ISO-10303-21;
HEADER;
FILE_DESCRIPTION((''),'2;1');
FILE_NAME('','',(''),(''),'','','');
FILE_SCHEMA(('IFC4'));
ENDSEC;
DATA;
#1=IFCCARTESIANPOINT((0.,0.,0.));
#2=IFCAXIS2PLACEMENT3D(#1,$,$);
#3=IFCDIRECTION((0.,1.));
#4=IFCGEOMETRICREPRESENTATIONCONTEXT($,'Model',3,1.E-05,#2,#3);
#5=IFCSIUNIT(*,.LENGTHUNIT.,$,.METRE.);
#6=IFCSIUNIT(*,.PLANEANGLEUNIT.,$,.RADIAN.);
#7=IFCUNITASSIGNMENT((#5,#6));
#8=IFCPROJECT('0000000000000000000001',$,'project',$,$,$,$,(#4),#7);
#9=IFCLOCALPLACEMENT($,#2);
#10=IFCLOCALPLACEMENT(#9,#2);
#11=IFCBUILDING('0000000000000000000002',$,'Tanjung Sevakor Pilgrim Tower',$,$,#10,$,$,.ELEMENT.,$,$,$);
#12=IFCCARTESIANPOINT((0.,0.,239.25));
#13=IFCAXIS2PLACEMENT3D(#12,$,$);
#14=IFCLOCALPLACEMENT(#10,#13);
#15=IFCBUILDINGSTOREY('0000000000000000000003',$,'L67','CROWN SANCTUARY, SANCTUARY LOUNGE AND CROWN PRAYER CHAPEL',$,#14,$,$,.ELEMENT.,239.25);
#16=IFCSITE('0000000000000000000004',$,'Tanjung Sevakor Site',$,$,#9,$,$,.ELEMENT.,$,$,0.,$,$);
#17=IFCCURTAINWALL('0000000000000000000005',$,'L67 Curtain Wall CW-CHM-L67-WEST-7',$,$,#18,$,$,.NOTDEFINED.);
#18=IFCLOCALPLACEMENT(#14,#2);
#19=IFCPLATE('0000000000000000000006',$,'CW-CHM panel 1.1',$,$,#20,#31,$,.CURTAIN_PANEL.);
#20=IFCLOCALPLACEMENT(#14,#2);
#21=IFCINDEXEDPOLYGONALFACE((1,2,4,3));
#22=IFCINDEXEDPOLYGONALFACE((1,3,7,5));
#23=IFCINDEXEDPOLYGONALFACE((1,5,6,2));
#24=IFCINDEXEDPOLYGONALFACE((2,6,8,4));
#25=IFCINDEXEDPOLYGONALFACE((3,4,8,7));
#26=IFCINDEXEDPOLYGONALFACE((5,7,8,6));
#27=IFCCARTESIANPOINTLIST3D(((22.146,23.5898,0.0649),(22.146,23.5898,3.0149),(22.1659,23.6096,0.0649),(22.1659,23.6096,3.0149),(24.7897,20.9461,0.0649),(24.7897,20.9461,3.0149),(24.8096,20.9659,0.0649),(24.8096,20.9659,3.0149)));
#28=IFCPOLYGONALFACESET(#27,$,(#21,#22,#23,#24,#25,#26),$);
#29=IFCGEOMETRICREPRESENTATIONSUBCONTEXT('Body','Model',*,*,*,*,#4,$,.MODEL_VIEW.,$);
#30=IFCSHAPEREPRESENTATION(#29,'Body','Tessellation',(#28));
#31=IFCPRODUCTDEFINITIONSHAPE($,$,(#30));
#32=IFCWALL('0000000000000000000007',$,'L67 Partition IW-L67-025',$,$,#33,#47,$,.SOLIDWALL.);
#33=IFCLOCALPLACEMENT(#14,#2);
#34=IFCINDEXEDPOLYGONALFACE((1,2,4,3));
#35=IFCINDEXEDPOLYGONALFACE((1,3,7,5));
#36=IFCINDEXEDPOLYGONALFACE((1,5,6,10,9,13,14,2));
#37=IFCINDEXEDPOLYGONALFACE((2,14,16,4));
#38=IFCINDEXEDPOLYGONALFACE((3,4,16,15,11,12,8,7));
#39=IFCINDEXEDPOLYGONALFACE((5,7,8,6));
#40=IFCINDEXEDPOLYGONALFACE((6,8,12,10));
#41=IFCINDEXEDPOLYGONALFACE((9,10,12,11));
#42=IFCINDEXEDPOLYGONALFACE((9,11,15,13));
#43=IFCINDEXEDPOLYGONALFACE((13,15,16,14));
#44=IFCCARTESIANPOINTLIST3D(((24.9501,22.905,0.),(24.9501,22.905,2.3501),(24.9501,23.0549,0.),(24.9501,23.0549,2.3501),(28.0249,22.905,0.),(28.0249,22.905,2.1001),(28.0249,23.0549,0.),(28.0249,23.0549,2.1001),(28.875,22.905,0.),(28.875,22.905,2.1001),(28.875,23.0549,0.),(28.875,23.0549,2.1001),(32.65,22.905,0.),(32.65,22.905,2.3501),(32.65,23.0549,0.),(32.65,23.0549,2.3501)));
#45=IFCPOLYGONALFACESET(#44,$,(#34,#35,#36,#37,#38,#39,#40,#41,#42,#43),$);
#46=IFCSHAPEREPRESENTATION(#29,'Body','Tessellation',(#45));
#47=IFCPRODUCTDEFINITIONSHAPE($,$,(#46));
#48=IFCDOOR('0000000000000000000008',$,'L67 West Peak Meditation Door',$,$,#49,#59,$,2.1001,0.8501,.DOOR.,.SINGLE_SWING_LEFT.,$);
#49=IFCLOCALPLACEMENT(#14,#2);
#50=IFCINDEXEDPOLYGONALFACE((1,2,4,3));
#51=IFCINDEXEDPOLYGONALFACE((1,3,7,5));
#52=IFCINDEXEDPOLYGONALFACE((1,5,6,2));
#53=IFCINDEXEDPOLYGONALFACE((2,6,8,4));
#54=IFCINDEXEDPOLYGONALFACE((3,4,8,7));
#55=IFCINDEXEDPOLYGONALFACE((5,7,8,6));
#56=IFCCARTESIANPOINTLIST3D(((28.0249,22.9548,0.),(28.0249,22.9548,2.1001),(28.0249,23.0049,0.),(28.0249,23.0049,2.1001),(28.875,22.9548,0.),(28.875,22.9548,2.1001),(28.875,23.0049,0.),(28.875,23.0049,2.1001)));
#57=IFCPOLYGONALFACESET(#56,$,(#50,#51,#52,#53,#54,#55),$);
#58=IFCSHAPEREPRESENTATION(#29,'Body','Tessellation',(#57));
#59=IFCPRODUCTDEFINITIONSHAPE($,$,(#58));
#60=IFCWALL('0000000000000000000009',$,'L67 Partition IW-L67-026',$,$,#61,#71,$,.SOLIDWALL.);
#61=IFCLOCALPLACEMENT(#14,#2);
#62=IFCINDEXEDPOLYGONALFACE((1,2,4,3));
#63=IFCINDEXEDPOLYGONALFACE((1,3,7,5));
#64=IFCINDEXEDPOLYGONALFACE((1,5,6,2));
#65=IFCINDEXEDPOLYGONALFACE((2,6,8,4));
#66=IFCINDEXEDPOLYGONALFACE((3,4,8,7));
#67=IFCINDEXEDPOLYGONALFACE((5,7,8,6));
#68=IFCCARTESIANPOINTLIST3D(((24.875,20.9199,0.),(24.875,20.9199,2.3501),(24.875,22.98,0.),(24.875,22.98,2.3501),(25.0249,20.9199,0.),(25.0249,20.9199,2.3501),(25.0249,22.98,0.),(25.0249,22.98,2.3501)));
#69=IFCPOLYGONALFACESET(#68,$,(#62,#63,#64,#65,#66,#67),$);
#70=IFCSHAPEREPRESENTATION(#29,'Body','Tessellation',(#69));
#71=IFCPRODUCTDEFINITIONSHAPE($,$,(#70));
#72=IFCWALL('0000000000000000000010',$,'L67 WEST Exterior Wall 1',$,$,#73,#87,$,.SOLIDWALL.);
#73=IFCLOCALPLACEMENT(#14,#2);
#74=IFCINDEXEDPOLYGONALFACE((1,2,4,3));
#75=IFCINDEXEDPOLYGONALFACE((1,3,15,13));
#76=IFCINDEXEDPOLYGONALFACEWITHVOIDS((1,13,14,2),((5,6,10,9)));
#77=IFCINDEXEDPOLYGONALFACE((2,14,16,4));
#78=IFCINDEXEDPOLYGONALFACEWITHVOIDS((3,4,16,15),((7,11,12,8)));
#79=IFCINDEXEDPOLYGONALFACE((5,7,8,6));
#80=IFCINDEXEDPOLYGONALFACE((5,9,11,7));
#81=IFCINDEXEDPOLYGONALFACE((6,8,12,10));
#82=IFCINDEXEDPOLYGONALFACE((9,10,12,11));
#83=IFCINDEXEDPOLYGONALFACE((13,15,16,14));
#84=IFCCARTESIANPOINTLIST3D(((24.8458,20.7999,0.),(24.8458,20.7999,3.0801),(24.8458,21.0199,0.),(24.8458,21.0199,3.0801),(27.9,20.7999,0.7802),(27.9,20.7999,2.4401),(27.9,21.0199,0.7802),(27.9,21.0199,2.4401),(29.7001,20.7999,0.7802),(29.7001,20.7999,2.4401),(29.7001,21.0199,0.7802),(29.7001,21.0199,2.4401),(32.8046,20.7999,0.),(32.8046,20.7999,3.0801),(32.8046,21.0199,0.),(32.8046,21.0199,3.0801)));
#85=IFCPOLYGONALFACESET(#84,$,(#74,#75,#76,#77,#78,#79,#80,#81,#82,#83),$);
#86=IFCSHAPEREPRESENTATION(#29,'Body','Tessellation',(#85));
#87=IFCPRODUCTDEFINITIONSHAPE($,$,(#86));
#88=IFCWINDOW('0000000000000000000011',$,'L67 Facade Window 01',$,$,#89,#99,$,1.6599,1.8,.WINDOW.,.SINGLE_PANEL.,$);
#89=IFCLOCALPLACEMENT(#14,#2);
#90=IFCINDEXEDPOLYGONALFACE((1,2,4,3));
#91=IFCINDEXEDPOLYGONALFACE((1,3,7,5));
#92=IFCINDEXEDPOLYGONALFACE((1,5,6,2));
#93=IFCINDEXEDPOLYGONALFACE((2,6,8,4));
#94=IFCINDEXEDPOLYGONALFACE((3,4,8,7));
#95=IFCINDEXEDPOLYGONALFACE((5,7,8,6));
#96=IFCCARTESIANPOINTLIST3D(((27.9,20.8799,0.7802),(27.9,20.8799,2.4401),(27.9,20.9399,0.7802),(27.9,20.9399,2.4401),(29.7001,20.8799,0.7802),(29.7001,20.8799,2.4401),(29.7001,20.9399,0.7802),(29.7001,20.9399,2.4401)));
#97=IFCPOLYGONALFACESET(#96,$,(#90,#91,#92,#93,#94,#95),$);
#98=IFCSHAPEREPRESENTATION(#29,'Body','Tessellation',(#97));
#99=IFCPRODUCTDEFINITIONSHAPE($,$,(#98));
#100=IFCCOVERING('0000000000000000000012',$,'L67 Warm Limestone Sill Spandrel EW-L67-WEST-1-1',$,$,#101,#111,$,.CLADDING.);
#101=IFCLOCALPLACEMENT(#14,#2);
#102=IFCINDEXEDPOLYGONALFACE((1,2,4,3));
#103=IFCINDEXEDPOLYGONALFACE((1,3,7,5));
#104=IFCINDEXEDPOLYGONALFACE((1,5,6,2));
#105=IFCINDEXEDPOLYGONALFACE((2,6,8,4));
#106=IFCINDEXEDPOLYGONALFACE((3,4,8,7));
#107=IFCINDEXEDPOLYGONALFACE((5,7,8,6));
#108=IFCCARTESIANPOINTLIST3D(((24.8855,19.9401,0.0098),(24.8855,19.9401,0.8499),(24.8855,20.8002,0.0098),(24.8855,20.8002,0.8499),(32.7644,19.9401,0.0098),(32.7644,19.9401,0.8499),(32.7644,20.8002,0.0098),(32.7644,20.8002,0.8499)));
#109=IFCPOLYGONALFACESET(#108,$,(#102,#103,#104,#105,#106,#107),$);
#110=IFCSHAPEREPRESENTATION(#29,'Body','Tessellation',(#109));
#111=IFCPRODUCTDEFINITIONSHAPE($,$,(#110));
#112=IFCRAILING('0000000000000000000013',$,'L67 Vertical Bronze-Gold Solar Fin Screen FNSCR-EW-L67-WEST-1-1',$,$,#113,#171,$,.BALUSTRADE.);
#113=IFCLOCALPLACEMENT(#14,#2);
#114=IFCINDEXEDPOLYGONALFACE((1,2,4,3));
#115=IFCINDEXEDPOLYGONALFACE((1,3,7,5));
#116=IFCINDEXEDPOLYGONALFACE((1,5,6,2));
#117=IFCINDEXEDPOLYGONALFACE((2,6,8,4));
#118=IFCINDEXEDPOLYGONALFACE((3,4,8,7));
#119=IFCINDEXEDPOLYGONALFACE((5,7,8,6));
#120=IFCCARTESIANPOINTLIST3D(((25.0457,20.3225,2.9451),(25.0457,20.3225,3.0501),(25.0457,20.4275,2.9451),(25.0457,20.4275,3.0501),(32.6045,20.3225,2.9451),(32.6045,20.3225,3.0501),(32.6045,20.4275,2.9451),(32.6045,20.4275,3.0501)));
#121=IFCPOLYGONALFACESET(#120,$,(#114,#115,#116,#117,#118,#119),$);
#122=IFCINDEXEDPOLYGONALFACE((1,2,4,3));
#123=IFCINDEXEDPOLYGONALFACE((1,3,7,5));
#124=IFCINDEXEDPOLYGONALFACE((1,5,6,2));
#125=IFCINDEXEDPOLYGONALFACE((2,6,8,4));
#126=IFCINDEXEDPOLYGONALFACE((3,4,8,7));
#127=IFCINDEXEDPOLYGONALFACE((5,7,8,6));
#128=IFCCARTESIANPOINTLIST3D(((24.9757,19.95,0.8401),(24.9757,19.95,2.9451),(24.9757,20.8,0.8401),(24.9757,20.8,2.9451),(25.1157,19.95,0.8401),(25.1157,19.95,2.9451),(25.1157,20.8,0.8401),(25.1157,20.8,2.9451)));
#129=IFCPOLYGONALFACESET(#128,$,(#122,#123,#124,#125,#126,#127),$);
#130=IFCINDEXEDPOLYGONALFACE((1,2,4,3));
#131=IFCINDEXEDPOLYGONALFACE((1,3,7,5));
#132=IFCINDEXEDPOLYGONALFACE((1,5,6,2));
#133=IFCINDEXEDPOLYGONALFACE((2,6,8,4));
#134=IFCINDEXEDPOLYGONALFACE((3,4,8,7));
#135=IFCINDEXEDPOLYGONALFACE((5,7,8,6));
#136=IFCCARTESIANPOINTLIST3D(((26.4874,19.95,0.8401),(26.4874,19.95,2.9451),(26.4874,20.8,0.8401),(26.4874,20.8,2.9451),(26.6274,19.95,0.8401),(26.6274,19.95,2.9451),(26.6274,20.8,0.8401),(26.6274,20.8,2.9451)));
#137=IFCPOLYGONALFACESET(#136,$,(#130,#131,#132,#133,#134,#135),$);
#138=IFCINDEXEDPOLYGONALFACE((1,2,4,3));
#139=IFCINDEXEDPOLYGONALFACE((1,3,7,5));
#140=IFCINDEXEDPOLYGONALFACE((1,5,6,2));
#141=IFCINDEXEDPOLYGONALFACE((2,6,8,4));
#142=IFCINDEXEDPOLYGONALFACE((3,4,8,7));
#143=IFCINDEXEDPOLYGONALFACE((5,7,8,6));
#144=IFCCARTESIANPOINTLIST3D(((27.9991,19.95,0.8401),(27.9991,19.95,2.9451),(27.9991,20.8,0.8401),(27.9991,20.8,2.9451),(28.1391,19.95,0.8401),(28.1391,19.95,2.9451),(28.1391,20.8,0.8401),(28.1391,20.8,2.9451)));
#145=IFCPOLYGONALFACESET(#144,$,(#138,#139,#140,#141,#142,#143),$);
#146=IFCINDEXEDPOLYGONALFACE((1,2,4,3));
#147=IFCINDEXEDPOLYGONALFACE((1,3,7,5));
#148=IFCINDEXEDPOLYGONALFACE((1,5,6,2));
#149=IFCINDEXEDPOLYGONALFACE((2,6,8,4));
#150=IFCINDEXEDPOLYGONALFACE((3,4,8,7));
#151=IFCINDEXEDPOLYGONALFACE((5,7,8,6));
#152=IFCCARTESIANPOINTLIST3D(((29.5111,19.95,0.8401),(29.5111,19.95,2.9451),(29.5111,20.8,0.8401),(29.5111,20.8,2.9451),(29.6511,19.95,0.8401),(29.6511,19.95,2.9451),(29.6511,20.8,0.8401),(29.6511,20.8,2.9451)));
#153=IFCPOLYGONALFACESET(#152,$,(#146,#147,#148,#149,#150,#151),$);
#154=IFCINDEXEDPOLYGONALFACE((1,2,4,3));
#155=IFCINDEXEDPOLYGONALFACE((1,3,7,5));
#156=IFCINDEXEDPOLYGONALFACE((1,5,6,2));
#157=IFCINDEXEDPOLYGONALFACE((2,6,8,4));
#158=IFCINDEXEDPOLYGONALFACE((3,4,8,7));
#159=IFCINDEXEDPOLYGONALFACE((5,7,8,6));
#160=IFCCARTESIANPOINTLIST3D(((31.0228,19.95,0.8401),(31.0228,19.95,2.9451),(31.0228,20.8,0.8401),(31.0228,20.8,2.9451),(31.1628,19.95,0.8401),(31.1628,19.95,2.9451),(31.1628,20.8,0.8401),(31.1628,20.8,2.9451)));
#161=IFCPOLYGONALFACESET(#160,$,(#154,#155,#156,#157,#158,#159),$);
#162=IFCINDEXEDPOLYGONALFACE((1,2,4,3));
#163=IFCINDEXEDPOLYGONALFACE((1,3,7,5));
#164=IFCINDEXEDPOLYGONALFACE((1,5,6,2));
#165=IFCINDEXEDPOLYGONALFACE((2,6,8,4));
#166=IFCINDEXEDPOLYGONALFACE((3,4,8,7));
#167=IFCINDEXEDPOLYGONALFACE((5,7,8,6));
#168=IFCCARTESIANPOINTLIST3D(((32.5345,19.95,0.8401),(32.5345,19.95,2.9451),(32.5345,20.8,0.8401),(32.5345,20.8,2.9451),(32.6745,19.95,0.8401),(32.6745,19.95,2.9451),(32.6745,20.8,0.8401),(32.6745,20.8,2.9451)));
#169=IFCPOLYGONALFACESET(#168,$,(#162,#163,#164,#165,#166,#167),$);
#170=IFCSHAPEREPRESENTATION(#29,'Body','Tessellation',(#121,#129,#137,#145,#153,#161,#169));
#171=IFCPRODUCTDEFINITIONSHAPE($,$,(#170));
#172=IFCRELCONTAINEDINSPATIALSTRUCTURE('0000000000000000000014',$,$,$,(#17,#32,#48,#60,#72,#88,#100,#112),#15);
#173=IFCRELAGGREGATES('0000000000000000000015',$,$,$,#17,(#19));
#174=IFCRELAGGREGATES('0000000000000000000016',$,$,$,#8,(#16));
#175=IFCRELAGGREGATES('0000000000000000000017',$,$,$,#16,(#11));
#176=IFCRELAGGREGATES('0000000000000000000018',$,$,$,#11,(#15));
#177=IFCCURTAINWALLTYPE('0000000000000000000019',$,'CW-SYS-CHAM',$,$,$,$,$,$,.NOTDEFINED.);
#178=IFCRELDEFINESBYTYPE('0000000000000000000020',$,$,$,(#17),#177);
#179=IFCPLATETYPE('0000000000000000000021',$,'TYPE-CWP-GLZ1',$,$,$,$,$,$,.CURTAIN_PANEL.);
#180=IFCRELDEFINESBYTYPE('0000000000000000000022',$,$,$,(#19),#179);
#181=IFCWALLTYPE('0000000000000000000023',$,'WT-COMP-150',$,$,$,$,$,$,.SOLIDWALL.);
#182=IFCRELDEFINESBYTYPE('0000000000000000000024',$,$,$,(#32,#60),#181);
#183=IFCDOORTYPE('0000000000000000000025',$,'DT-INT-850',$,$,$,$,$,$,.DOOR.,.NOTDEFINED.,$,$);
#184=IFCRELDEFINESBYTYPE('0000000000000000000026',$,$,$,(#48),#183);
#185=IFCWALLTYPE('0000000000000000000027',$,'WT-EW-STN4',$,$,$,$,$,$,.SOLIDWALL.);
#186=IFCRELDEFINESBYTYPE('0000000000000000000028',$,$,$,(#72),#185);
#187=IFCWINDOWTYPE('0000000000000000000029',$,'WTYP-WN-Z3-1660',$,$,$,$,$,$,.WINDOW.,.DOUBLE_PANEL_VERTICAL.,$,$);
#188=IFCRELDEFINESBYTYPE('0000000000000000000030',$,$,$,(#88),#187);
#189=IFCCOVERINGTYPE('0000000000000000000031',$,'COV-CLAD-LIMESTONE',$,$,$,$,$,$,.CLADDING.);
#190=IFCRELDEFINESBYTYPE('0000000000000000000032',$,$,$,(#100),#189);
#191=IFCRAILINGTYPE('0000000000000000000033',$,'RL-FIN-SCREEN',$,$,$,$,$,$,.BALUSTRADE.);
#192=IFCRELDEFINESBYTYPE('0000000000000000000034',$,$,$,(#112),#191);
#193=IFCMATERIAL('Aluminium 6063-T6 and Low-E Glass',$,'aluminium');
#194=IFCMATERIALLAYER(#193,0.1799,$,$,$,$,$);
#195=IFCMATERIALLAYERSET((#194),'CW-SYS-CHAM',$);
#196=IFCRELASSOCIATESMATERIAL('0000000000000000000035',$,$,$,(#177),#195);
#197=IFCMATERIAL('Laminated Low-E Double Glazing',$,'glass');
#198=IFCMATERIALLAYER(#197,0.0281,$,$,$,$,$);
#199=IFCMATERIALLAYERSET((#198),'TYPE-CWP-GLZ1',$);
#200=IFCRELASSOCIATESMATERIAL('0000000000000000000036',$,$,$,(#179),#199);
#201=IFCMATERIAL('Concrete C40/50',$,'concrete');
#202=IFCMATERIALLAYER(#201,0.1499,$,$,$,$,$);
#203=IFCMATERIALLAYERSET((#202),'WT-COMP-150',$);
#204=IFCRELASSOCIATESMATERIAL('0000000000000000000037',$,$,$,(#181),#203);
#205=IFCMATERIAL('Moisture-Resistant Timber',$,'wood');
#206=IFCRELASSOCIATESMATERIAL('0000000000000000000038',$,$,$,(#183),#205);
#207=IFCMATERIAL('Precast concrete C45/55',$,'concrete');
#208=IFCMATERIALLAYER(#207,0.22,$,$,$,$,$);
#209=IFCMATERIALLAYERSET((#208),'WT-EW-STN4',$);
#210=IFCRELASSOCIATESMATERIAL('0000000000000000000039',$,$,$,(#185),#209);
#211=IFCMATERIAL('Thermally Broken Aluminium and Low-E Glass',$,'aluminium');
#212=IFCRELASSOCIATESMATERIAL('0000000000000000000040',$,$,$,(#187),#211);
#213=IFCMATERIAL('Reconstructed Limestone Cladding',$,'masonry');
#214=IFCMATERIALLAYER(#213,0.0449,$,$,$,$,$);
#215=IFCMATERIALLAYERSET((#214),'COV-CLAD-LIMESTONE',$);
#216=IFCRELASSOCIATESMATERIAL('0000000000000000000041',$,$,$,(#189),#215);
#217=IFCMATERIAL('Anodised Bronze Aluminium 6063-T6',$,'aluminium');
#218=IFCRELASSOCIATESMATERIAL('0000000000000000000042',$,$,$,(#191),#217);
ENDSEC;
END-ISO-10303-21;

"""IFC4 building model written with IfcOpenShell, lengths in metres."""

from ifc_helpers import new_model, si_unit, direction, frame, frame_2d, origin, origin_2d, place, context, subcontext, project, spatial, rectangle, extrude, material, layer, layer_set, type_object, element, fill, aggregate, save


model = new_model("IFC4")

# Units and contexts
model_context = context("Model", 3, precision=1e-05, world=origin(), true_north=direction((0.0, 1.0)))
body_context = subcontext(model_context, "Body", "Model", "MODEL_VIEW")
ifc_project = project(units=[si_unit("LENGTHUNIT", "METRE"), si_unit("PLANEANGLEUNIT", "RADIAN")], contexts=[model_context])

# Site, building, storey
site_placement = place(None, origin())
site = spatial("IfcSite", under=ifc_project, at=site_placement, Name="Tanjung Sevakor Site", CompositionType="ELEMENT", RefElevation=0.0)
building_placement = place(site_placement, origin())
building = spatial("IfcBuilding", under=site, at=building_placement, Name="Tanjung Sevakor Pilgrim Tower", CompositionType="ELEMENT")
storey_placement = place(building_placement, frame((0.0, 0.0, 239.25)))
storey = spatial("IfcBuildingStorey", under=building, at=storey_placement, Name="L67", Description="CROWN SANCTUARY, SANCTUARY LOUNGE AND CROWN PRAYER CHAPEL", CompositionType="ELEMENT", Elevation=239.25)

# Curtain wall
ifc_material_1 = material(Name="Aluminium 6063-T6 and Low-E Glass", Category="aluminium")
ifc_layer_1 = layer(ifc_material_1, 0.1799)
ifc_layer_set_1 = layer_set([ifc_layer_1], Name="CW-SYS-CHAM")
curtain_wall_type = type_object("IfcCurtainWallType", Name="CW-SYS-CHAM", PredefinedType="NOTDEFINED", material=ifc_layer_set_1)
curtain_wall_placement = place(storey_placement, origin())
curtain_wall = element("IfcCurtainWall", 1, at=curtain_wall_placement, inside=storey, type_object=curtain_wall_type, Name="L67 Curtain Wall CW-CHM-L67-WEST-7", PredefinedType="NOTDEFINED")

# Plate
ifc_material_2 = material(Name="Laminated Low-E Double Glazing", Category="glass")
ifc_layer_2 = layer(ifc_material_2, 0.0281)
ifc_layer_set_2 = layer_set([ifc_layer_2], Name="TYPE-CWP-GLZ1")
plate_type = type_object("IfcPlateType", Name="TYPE-CWP-GLZ1", PredefinedType="CURTAIN_PANEL", material=ifc_layer_set_2)
plate_placement = place(storey_placement, frame((23.4778, 22.2778, 0.0649), z_axis=(0.0, 0.0, 1.0), x_axis=(0.707107, -0.707107, 0.0)))
plate = element("IfcPlate", 2, at=plate_placement, type_object=plate_type, Name="CW-CHM panel 1.1", PredefinedType="CURTAIN_PANEL", context=body_context, shape_type="SweptSolid", body=[
    extrude(rectangle(XDim=3.7388, YDim=0.0281, at=origin_2d()), origin(), (0.0, 0.0, 1.0), 2.95),
])
aggregate(curtain_wall, [plate])

# Wall, opening, door
ifc_material_3 = material(Name="Concrete C40/50", Category="concrete")
ifc_layer_3 = layer(ifc_material_3, 0.1499)
ifc_layer_set_3 = layer_set([ifc_layer_3], Name="WT-COMP-150")
wall_type_1 = type_object("IfcWallType", Name="WT-COMP-150", PredefinedType="SOLIDWALL", material=ifc_layer_set_3)
wall_1_placement = place(storey_placement, frame((24.95, 22.98, 0.0), z_axis=(0.0, 0.0, 1.0), x_axis=(1.0, 0.0, 0.0)))
wall_1 = element("IfcWall", 3, at=wall_1_placement, inside=storey, type_object=wall_type_1, Name="L67 Partition IW-L67-025", PredefinedType="SOLIDWALL", context=body_context, shape_type="SweptSolid", body=[
    extrude(rectangle(XDim=7.7, YDim=0.1499, at=frame_2d((3.8501, 0.0))), origin(), (0.0, 0.0, 1.0), 2.3501),
])
opening_1_placement = place(wall_1_placement, frame((3.075, 0.0, 0.0)))
opening_1 = element("IfcOpeningElement", 4, at=opening_1_placement, cuts=wall_1, PredefinedType="OPENING", context=body_context, shape_type="SweptSolid", body=[
    extrude(rectangle(XDim=0.8501, YDim=2.1001, at=frame_2d((0.425, 1.05))), frame((0.0, 0.085, 0.0), z_axis=(0.0, -1.0, 0.0), x_axis=(1.0, 0.0, 0.0)), (0.0, 0.0, 1.0), 0.1699),
])
ifc_material_4 = material(Name="Moisture-Resistant Timber", Category="wood")
door_type = type_object("IfcDoorType", Name="DT-INT-850", OperationType="NOTDEFINED", PredefinedType="DOOR", material=ifc_material_4)
door_placement = place(opening_1_placement, origin())
door = element("IfcDoor", 5, at=door_placement, inside=storey, type_object=door_type, Name="L67 West Peak Meditation Door", OperationType="SINGLE_SWING_LEFT", OverallHeight=2.1001, OverallWidth=0.8501, PredefinedType="DOOR", context=body_context, shape_type="SweptSolid", body=[
    extrude(rectangle(XDim=0.8501, YDim=2.1001, at=frame_2d((0.425, 1.05))), frame((0.0, 0.0249, 0.0), z_axis=(0.0, -1.0, 0.0), x_axis=(1.0, 0.0, 0.0)), (0.0, 0.0, 1.0), 0.05),
])
fill(opening_1, door)

# Wall
wall_2_placement = place(storey_placement, frame((24.95, 20.9199, 0.0), z_axis=(0.0, 0.0, 1.0), x_axis=(0.0, 1.0, 0.0)))
element("IfcWall", 6, at=wall_2_placement, inside=storey, type_object=wall_type_1, Name="L67 Partition IW-L67-026", PredefinedType="SOLIDWALL", context=body_context, shape_type="SweptSolid", body=[
    extrude(rectangle(XDim=2.0601, YDim=0.1499, at=frame_2d((1.03, 0.0))), origin(), (0.0, 0.0, 1.0), 2.3501),
])

# Wall, opening, window
ifc_material_5 = material(Name="Precast concrete C45/55", Category="concrete")
ifc_layer_4 = layer(ifc_material_5, 0.22)
ifc_layer_set_4 = layer_set([ifc_layer_4], Name="WT-EW-STN4")
wall_type_2 = type_object("IfcWallType", Name="WT-EW-STN4", PredefinedType="SOLIDWALL", material=ifc_layer_set_4)
wall_3_placement = place(storey_placement, frame((24.8457, 20.9099, 0.0), z_axis=(0.0, 0.0, 1.0), x_axis=(1.0, 0.0, 0.0)))
wall_3 = element("IfcWall", 7, at=wall_3_placement, inside=storey, type_object=wall_type_2, Name="L67 WEST Exterior Wall 1", PredefinedType="SOLIDWALL", context=body_context, shape_type="SweptSolid", body=[
    extrude(rectangle(XDim=7.9587, YDim=0.22, at=frame_2d((3.9795, 0.0))), origin(), (0.0, 0.0, 1.0), 3.0801),
])
opening_2_placement = place(wall_3_placement, frame((3.0544, 0.0, 0.78)))
opening_2 = element("IfcOpeningElement", 8, at=opening_2_placement, cuts=wall_3, PredefinedType="OPENING", context=body_context, shape_type="SweptSolid", body=[
    extrude(rectangle(XDim=1.8, YDim=1.6599, at=frame_2d((0.8999, 0.8301))), frame((0.0, 0.1199, 0.0), z_axis=(0.0, -1.0, 0.0), x_axis=(1.0, 0.0, 0.0)), (0.0, 0.0, 1.0), 0.24),
])
ifc_material_6 = material(Name="Thermally Broken Aluminium and Low-E Glass", Category="aluminium")
window_type = type_object("IfcWindowType", Name="WTYP-WN-Z3-1660", PartitioningType="DOUBLE_PANEL_VERTICAL", PredefinedType="WINDOW", material=ifc_material_6)
window_placement = place(opening_2_placement, origin())
window = element("IfcWindow", 9, at=window_placement, inside=storey, type_object=window_type, Name="L67 Facade Window 01", OverallHeight=1.6599, OverallWidth=1.8, PartitioningType="SINGLE_PANEL", PredefinedType="WINDOW", context=body_context, shape_type="SweptSolid", body=[
    extrude(rectangle(XDim=1.8, YDim=1.6599, at=frame_2d((0.8999, 0.8301))), frame((0.0, 0.03, 0.0), z_axis=(0.0, -1.0, 0.0), x_axis=(1.0, 0.0, 0.0)), (0.0, 0.0, 1.0), 0.0601),
])
fill(opening_2, window)

# Covering
ifc_material_7 = material(Name="Reconstructed Limestone Cladding", Category="masonry")
ifc_layer_5 = layer(ifc_material_7, 0.0449)
ifc_layer_set_5 = layer_set([ifc_layer_5], Name="COV-CLAD-LIMESTONE")
covering_type = type_object("IfcCoveringType", Name="COV-CLAD-LIMESTONE", PredefinedType="CLADDING", material=ifc_layer_set_5)
covering_placement = place(storey_placement, frame((28.825, 20.3701, 0.0098), z_axis=(0.0, 0.0, 1.0), x_axis=(1.0, 0.0, 0.0)))
element("IfcCovering", 10, at=covering_placement, inside=storey, type_object=covering_type, Name="L67 Warm Limestone Sill Spandrel EW-L67-WEST-1-1", PredefinedType="CLADDING", context=body_context, shape_type="SweptSolid", body=[
    extrude(rectangle(XDim=7.8789, YDim=0.8601, at=origin_2d()), origin(), (0.0, 0.0, 1.0), 0.8401),
])

# Railing
ifc_material_8 = material(Name="Anodised Bronze Aluminium 6063-T6", Category="aluminium")
railing_type = type_object("IfcRailingType", Name="RL-FIN-SCREEN", PredefinedType="BALUSTRADE", material=ifc_material_8)
railing_placement = place(storey_placement, frame((25.0457, 20.375, 0.8401)))
element("IfcRailing", 11, at=railing_placement, inside=storey, type_object=railing_type, Name="L67 Vertical Bronze-Gold Solar Fin Screen FNSCR-EW-L67-WEST-1-1", PredefinedType="BALUSTRADE", context=body_context, shape_type="SweptSolid", body=[
    extrude(rectangle(XDim=0.105, YDim=0.105), frame((0.0, 0.0, 2.1575), z_axis=(1.0, 0.0, 0.0), x_axis=(0.0, 1.0, 0.0)), (0.0, 0.0, 1.0), 7.5588),
    extrude(rectangle(XDim=0.14, YDim=0.85), origin(), (0.0, 0.0, 1.0), 2.105),
    extrude(rectangle(XDim=0.14, YDim=0.85), frame((1.5117, 0.0, 0.0)), (0.0, 0.0, 1.0), 2.105),
    extrude(rectangle(XDim=0.14, YDim=0.85), frame((3.0234, 0.0, 0.0)), (0.0, 0.0, 1.0), 2.105),
    extrude(rectangle(XDim=0.14, YDim=0.85), frame((4.5354, 0.0, 0.0)), (0.0, 0.0, 1.0), 2.105),
    extrude(rectangle(XDim=0.14, YDim=0.85), frame((6.0471, 0.0, 0.0)), (0.0, 0.0, 1.0), 2.105),
    extrude(rectangle(XDim=0.14, YDim=0.85), frame((7.5588, 0.0, 0.0)), (0.0, 0.0, 1.0), 2.105),
])

save(model, "model.ifc")
